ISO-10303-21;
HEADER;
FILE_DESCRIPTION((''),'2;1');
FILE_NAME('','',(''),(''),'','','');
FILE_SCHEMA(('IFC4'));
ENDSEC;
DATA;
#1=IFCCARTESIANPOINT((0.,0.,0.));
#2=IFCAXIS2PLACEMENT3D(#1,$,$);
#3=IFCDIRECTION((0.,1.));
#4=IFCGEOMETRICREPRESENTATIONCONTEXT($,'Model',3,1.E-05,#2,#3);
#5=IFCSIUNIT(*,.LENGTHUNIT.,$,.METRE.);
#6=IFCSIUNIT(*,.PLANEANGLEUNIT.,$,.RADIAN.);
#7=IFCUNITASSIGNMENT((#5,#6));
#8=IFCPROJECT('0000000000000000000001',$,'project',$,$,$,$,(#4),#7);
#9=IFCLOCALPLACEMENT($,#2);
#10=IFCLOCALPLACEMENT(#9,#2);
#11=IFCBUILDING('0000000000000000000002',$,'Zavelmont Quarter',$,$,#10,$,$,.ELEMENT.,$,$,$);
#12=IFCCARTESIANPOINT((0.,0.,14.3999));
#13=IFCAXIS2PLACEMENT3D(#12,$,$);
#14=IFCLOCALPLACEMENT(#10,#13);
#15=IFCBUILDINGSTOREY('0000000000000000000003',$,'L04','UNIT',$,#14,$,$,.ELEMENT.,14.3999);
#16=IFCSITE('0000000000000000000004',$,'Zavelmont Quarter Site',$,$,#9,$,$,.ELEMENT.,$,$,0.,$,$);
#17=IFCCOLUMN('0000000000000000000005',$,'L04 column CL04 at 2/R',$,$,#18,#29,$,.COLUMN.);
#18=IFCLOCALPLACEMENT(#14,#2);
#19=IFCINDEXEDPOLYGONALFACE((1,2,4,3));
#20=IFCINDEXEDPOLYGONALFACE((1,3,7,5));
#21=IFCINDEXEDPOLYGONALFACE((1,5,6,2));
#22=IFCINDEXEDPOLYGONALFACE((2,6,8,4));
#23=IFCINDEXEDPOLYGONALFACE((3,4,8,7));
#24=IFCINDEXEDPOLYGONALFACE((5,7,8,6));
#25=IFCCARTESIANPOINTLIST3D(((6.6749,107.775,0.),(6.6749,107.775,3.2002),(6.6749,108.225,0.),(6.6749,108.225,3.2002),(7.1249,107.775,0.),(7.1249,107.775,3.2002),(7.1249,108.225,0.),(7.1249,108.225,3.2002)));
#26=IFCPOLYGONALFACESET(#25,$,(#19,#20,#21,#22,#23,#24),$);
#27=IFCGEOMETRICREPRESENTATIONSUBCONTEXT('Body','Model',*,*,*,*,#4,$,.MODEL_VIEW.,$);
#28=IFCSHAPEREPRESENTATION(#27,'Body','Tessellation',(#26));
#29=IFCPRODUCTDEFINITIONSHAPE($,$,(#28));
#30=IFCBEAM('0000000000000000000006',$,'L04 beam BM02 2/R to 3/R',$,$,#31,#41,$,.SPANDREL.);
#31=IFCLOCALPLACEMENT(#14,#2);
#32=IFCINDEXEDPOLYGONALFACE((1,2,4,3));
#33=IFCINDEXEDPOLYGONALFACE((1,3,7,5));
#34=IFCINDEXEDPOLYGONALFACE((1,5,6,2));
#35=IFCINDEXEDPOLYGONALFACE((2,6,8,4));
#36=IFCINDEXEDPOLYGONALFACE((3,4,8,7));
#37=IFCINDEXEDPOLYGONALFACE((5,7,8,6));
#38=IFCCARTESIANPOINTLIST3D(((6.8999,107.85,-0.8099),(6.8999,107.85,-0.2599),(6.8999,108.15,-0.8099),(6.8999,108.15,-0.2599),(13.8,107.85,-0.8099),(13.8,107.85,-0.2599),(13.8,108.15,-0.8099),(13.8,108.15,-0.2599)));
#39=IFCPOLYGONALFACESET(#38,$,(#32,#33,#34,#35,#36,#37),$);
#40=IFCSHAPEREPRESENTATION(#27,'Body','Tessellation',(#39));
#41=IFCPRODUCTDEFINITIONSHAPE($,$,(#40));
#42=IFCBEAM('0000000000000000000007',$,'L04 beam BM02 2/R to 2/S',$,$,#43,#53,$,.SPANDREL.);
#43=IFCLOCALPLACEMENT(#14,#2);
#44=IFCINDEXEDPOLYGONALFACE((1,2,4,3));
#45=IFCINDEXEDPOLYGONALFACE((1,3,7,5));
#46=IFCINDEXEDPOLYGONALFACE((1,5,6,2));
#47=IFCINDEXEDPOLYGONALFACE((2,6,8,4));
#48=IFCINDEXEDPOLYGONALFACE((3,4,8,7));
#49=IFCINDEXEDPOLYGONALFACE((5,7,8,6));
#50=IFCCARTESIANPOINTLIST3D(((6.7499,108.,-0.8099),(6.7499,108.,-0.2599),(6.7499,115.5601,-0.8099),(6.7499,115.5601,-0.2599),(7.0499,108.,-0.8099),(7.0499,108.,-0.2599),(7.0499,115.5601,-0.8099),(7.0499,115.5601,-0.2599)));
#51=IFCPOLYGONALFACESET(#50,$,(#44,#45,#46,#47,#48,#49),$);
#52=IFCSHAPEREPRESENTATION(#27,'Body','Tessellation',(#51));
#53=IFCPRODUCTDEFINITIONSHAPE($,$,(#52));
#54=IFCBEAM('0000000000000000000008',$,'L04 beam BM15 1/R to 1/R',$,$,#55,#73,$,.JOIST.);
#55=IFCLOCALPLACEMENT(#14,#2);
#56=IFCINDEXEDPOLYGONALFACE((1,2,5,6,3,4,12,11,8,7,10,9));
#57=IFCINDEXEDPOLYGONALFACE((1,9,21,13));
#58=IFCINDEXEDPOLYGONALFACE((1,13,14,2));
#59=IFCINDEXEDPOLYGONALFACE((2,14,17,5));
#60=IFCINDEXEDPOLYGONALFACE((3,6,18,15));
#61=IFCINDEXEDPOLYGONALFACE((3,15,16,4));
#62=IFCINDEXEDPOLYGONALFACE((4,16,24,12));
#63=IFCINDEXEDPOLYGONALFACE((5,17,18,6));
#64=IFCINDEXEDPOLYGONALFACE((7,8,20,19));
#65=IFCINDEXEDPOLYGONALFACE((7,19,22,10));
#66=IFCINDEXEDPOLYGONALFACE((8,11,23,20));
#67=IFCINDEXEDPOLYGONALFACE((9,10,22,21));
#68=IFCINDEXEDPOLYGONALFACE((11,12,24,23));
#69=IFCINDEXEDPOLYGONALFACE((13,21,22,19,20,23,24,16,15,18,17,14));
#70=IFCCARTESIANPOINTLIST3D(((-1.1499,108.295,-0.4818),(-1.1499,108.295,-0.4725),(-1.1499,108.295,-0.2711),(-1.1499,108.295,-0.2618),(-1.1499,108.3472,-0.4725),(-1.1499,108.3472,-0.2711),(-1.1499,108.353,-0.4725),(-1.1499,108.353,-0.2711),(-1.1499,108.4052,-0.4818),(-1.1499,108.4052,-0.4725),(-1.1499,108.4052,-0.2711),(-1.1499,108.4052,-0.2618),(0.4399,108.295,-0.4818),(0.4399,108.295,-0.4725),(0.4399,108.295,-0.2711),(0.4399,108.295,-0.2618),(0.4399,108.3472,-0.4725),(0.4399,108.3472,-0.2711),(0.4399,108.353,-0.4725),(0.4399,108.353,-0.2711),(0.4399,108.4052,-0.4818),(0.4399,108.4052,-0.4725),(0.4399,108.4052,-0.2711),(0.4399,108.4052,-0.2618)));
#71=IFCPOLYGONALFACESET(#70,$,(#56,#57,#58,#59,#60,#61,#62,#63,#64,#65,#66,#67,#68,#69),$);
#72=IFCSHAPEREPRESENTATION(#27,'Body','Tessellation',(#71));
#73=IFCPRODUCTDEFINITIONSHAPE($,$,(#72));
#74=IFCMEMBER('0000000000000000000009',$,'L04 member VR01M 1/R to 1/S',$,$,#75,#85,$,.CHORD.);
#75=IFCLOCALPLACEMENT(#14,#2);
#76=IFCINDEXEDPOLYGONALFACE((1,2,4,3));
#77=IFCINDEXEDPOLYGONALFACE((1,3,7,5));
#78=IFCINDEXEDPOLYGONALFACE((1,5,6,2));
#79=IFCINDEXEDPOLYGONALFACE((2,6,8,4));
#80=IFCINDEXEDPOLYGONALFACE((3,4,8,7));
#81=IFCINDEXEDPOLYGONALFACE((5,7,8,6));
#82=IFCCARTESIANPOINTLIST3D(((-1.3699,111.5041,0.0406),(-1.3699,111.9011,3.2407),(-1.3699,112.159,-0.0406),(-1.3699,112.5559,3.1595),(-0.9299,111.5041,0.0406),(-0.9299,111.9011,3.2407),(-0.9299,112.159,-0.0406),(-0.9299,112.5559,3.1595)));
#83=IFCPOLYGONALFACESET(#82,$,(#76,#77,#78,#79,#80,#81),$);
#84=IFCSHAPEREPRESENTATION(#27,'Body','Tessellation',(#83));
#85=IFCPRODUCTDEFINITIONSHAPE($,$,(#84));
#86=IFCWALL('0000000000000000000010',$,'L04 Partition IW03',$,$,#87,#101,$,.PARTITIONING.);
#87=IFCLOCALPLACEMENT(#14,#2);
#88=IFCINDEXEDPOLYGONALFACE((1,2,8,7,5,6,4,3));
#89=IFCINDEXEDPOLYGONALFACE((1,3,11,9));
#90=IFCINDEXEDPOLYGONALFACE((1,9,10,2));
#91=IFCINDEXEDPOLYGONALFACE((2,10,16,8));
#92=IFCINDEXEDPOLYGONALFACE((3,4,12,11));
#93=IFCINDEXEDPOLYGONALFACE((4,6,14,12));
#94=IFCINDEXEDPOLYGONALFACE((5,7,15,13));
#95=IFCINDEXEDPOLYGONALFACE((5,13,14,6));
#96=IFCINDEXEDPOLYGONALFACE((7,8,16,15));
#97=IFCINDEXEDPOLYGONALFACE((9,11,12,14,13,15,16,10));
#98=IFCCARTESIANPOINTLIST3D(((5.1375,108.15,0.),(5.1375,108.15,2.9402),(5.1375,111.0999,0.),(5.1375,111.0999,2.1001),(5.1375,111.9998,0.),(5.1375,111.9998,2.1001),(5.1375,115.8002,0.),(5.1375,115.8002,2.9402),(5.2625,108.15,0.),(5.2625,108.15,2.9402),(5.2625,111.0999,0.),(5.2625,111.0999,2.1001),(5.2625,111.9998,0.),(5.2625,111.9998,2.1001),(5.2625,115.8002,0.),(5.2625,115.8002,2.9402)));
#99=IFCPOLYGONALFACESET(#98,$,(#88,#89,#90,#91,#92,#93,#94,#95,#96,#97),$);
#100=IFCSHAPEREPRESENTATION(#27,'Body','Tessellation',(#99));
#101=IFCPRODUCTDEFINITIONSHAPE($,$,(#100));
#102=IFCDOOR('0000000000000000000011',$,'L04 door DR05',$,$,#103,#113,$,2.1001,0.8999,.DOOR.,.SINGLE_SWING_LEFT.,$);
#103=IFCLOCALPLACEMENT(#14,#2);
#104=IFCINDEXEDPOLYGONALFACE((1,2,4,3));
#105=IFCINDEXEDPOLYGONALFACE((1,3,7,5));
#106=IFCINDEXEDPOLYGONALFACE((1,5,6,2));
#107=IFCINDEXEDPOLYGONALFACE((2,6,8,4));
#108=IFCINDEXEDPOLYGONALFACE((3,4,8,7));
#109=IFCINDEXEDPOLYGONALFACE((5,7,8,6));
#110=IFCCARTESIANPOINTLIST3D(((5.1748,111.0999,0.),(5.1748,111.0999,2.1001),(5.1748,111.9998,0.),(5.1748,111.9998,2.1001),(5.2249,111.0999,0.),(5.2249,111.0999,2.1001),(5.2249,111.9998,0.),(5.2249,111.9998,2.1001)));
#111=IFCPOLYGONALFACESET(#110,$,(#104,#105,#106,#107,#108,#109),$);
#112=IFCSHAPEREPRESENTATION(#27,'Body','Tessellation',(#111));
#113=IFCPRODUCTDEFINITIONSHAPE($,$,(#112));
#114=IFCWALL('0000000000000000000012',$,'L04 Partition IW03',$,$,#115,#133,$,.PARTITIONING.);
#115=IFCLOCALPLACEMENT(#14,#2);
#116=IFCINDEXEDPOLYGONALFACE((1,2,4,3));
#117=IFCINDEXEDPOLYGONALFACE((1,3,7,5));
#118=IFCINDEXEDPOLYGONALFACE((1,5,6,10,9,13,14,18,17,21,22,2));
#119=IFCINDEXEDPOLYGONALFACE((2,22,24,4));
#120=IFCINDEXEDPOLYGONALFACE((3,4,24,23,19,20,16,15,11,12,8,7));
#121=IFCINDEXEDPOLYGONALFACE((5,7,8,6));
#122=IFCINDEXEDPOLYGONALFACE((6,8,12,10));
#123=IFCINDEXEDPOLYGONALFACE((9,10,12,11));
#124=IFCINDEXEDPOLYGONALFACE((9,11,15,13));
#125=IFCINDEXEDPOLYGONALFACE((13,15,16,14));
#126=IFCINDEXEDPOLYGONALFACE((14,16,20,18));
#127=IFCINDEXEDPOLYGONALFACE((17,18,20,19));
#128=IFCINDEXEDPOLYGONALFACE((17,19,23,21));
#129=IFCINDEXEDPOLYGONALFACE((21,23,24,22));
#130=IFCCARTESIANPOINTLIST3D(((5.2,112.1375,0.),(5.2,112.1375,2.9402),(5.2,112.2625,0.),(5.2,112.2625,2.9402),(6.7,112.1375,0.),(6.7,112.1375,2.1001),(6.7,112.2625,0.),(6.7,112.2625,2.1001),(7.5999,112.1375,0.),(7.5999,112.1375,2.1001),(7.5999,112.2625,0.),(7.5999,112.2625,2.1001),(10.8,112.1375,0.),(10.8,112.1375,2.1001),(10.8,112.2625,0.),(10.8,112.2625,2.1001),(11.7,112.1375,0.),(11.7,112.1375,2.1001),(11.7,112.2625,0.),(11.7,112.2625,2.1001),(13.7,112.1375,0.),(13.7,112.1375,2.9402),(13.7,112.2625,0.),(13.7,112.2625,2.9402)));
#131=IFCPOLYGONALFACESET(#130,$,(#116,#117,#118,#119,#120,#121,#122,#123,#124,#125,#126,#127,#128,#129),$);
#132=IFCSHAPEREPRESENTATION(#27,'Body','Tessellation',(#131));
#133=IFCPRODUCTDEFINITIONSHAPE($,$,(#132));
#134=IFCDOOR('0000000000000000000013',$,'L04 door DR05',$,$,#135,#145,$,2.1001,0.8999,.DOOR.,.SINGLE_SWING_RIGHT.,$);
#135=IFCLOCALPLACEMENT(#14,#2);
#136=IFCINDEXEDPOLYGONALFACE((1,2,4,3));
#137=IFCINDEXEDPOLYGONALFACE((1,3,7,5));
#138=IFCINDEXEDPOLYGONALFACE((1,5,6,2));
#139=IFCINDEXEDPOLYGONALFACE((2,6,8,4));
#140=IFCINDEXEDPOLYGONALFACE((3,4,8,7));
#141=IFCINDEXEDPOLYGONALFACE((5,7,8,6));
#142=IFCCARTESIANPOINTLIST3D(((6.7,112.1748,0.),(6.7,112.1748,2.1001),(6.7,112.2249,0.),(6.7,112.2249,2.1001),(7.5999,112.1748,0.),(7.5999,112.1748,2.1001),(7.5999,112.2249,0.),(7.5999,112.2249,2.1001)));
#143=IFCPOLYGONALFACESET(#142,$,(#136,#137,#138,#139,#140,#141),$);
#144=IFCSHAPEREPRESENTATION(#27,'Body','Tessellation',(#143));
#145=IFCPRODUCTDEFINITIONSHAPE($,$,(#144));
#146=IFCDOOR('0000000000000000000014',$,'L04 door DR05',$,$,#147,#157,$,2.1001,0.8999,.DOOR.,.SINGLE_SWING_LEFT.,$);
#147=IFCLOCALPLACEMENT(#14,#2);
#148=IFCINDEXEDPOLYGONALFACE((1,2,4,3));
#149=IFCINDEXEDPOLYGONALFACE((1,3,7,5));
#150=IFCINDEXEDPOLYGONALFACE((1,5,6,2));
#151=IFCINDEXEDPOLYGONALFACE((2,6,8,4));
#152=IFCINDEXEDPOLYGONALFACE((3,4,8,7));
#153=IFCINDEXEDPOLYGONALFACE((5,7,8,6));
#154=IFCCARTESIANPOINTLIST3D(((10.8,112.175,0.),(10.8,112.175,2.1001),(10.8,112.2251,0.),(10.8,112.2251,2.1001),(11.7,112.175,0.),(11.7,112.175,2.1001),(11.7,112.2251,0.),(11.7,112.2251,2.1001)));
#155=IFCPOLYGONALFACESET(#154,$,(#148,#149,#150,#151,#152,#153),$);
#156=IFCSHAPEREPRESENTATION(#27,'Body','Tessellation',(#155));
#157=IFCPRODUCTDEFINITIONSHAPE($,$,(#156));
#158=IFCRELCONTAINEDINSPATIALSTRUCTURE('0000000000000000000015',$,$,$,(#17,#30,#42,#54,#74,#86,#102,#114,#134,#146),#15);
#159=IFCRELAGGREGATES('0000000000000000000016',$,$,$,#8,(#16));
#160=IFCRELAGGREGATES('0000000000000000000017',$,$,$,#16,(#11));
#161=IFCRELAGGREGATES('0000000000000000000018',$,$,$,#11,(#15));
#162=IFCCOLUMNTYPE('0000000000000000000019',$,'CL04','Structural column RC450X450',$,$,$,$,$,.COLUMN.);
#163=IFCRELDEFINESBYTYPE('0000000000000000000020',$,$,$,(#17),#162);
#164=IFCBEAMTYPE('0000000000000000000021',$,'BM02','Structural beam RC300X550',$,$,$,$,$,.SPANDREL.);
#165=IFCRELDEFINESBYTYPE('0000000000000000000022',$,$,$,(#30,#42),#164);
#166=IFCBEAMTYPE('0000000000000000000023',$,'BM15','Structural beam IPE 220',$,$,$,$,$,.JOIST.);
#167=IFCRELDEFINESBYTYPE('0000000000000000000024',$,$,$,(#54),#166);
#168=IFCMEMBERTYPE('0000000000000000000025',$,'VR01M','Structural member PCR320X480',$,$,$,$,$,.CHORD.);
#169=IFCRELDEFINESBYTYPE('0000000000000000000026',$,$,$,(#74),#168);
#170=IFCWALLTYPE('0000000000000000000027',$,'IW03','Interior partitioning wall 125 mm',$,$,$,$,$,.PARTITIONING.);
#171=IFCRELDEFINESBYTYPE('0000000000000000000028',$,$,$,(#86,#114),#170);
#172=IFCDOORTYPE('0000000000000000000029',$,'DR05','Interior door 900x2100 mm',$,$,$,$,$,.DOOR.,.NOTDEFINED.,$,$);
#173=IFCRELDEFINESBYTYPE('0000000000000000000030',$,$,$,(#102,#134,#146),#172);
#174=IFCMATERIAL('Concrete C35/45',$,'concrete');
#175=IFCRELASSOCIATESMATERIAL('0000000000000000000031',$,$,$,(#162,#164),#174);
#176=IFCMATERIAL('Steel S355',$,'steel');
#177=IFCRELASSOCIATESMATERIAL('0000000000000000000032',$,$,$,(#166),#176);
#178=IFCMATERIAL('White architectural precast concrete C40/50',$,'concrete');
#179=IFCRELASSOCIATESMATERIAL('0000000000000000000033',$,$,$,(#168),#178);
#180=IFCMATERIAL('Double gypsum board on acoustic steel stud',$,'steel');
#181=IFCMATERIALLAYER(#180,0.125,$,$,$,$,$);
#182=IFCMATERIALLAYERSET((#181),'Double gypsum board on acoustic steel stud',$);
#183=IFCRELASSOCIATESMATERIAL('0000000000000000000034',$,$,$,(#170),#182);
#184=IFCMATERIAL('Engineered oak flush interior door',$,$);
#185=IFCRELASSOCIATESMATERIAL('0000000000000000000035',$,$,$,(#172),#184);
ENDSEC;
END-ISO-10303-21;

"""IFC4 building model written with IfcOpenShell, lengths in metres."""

from ifc_helpers import new_model, si_unit, direction, frame, frame_2d, origin, origin_with_axes, origin_2d, place, context, subcontext, project, spatial, rectangle, i_section, extrude, material, layer, layer_set, material_profile, profile_set, type_object, element, fill, save


model = new_model("IFC4")

# Units and contexts
model_context = context("Model", 3, precision=1e-05, world=origin(), true_north=direction((0.0, 1.0)))
body_context = subcontext(model_context, "Body", "Model", "MODEL_VIEW")
ifc_project = project(units=[si_unit("LENGTHUNIT", "METRE"), si_unit("PLANEANGLEUNIT", "RADIAN")], contexts=[model_context])

# Site, building, storey
site_placement = place(None, origin())
site = spatial("IfcSite", under=ifc_project, at=site_placement, Name="Zavelmont Quarter Site", CompositionType="ELEMENT", RefElevation=0.0)
building_placement = place(site_placement, origin())
building = spatial("IfcBuilding", under=site, at=building_placement, Name="Zavelmont Quarter", CompositionType="ELEMENT")
storey_placement = place(building_placement, frame((0.0, 0.0, 14.3999)))
storey = spatial("IfcBuildingStorey", under=building, at=storey_placement, Name="L04", Description="UNIT", CompositionType="ELEMENT", Elevation=14.3999)

# Column
ifc_material_1 = material(Name="Concrete C35/45", Category="concrete")
ifc_material_profile_1 = material_profile(ifc_material_1, rectangle(XDim=0.45, YDim=0.45, at=origin_2d()), Name="RC450X450")
ifc_profile_set_1 = profile_set([ifc_material_profile_1], Name="Concrete C35/45")
column_type = type_object("IfcColumnType", Name="CL04", Description="Structural column RC450X450", PredefinedType="COLUMN", material=ifc_profile_set_1)
column_placement = place(storey_placement, frame((6.8999, 108.0, 0.0), z_axis=(0.0, 0.0, 1.0), x_axis=(1.0, 0.0, 0.0)))
element("IfcColumn", 1, at=column_placement, inside=storey, type_object=column_type, Name="L04 column CL04 at 2/R", PredefinedType="COLUMN", context=body_context, shape_type="SweptSolid", body=[
    extrude(rectangle(XDim=0.45, YDim=0.45, at=origin_2d()), origin(), (0.0, 0.0, 1.0), 3.2002),
])

# Beams
ifc_material_profile_2 = material_profile(ifc_material_1, rectangle(XDim=0.3, YDim=0.55, at=origin_2d()), Name="RC300X550")
ifc_profile_set_2 = profile_set([ifc_material_profile_2], Name="Concrete C35/45")
beam_type_1 = type_object("IfcBeamType", Name="BM02", Description="Structural beam RC300X550", PredefinedType="SPANDREL", material=ifc_profile_set_2)
beam_1_placement = place(storey_placement, frame((6.8999, 108.0, -0.5349), z_axis=(1.0, 0.0, 0.0), x_axis=(0.0, 1.0, 0.0)))
element("IfcBeam", 2, at=beam_1_placement, inside=storey, type_object=beam_type_1, Name="L04 beam BM02 2/R to 3/R", PredefinedType="SPANDREL", context=body_context, shape_type="SweptSolid", body=[
    extrude(rectangle(XDim=0.3, YDim=0.55, at=origin_2d()), origin(), (0.0, 0.0, 1.0), 6.9001),
])
beam_2_placement = place(storey_placement, frame((6.8999, 108.0, -0.5349), z_axis=(0.0, 1.0, 0.0), x_axis=(-1.0, 0.0, 0.0)))
element("IfcBeam", 3, at=beam_2_placement, inside=storey, type_object=beam_type_1, Name="L04 beam BM02 2/R to 2/S", PredefinedType="SPANDREL", context=body_context, shape_type="SweptSolid", body=[
    extrude(rectangle(XDim=0.3, YDim=0.55, at=origin_2d()), origin(), (0.0, 0.0, 1.0), 7.5601),
])
ifc_material_2 = material(Name="Steel S355", Category="steel")
ifc_material_profile_3 = material_profile(ifc_material_2, i_section(OverallWidth=0.1101, OverallDepth=0.22, WebThickness=0.0059, FlangeThickness=0.0093, at=origin_2d()), Name="IPE 220")
ifc_profile_set_3 = profile_set([ifc_material_profile_3], Name="Steel S355")
beam_type_2 = type_object("IfcBeamType", Name="BM15", Description="Structural beam IPE 220", PredefinedType="JOIST", material=ifc_profile_set_3)
beam_3_placement = place(storey_placement, frame((0.4399, 108.3501, -0.3718), z_axis=(-1.0, 0.0, 0.0), x_axis=(0.0, -1.0, 0.0)))
element("IfcBeam", 4, at=beam_3_placement, inside=storey, type_object=beam_type_2, Name="L04 beam BM15 1/R to 1/R", PredefinedType="JOIST", context=body_context, shape_type="SweptSolid", body=[
    extrude(i_section(OverallWidth=0.1101, OverallDepth=0.22, WebThickness=0.0059, FlangeThickness=0.0093, at=origin_2d()), origin(), (0.0, 0.0, 1.0), 1.5898),
])

# Member
ifc_material_3 = material(Name="White architectural precast concrete C40/50", Category="concrete")
ifc_material_profile_4 = material_profile(ifc_material_3, rectangle(XDim=0.4399, YDim=0.6599, at=origin_2d()), Name="PCR320X480")
ifc_profile_set_4 = profile_set([ifc_material_profile_4], Name="White architectural precast concrete C40/50")
member_type = type_object("IfcMemberType", Name="VR01M", Description="Structural member PCR320X480", PredefinedType="CHORD", material=ifc_profile_set_4)
member_placement = place(storey_placement, frame((-1.1499, 111.8315, 0.0), z_axis=(0.0, 0.123103, 0.992394), x_axis=(-1.0, 0.0, 0.0)))
element("IfcMember", 5, at=member_placement, inside=storey, type_object=member_type, Name="L04 member VR01M 1/R to 1/S", PredefinedType="CHORD", context=body_context, shape_type="SweptSolid", body=[
    extrude(rectangle(XDim=0.4399, YDim=0.6599, at=origin_2d()), origin(), (0.0, 0.0, 1.0), 3.2246),
])

# Wall, opening, door
ifc_material_4 = material(Name="Double gypsum board on acoustic steel stud", Category="steel")
ifc_layer_1 = layer(ifc_material_4, 0.125)
ifc_layer_set_1 = layer_set([ifc_layer_1], Name="Double gypsum board on acoustic steel stud")
wall_type_1 = type_object("IfcWallType", Name="IW03", Description="Interior partitioning wall 125 mm", PredefinedType="PARTITIONING", material=ifc_layer_set_1)
wall_1_placement = place(storey_placement, frame((5.2, 108.1499, 0.0), z_axis=(0.0, 0.0, 1.0), x_axis=(0.0, 1.0, 0.0)))
wall_1 = element("IfcWall", 6, at=wall_1_placement, inside=storey, type_object=wall_type_1, Name="L04 Partition IW03", PredefinedType="PARTITIONING", context=body_context, shape_type="SweptSolid", body=[
    extrude(rectangle(XDim=7.6501, YDim=0.125, at=frame_2d((3.8252, 0.0))), origin(), (0.0, 0.0, 1.0), 2.9402),
])
opening_1_placement = place(wall_1_placement, frame((2.95, 0.0, 0.0)))
opening_1 = element("IfcOpeningElement", 7, at=opening_1_placement, cuts=wall_1, PredefinedType="OPENING", context=body_context, shape_type="SweptSolid", body=[
    extrude(rectangle(XDim=0.8999, YDim=2.1001, at=frame_2d((0.45, 1.05))), frame((0.0, 0.0745, 0.0), z_axis=(0.0, -1.0, 0.0), x_axis=(1.0, 0.0, 0.0)), (0.0, 0.0, 1.0), 0.1489),
])
ifc_material_5 = material(Name="Engineered oak flush interior door")
door_type_1 = type_object("IfcDoorType", Name="DR05", Description="Interior door 900x2100 mm", OperationType="NOTDEFINED", PredefinedType="DOOR", material=ifc_material_5)
door_1_placement = place(opening_1_placement, frame((0.8999, 0.0, 0.0), z_axis=(0.0, 0.0, 1.0), x_axis=(-1.0, 0.0, 0.0)))
door_1 = element("IfcDoor", 8, at=door_1_placement, inside=storey, type_object=door_type_1, Name="L04 door DR05", OperationType="SINGLE_SWING_LEFT", OverallHeight=2.1001, OverallWidth=0.8999, PredefinedType="DOOR", context=body_context, shape_type="SweptSolid", body=[
    extrude(rectangle(XDim=0.8999, YDim=2.1001, at=frame_2d((0.45, 1.05))), frame((0.0, 0.0249, 0.0), z_axis=(0.0, -1.0, 0.0), x_axis=(1.0, 0.0, 0.0)), (0.0, 0.0, 1.0), 0.05),
])
fill(opening_1, door_1)

# Wall, openings, doors
wall_2_placement = place(storey_placement, frame((5.2, 112.2, 0.0), z_axis=(0.0, 0.0, 1.0), x_axis=(1.0, 0.0, 0.0)))
wall_2 = element("IfcWall", 9, at=wall_2_placement, inside=storey, type_object=wall_type_1, Name="L04 Partition IW03", PredefinedType="PARTITIONING", context=body_context, shape_type="SweptSolid", body=[
    extrude(rectangle(XDim=8.5, YDim=0.125, at=frame_2d((4.25, 0.0))), origin(), (0.0, 0.0, 1.0), 2.9402),
])
opening_2_placement = place(wall_2_placement, frame((1.5, 0.0, 0.0)))
opening_2 = element("IfcOpeningElement", 10, at=opening_2_placement, cuts=wall_2, PredefinedType="OPENING", context=body_context, shape_type="SweptSolid", body=[
    extrude(rectangle(XDim=0.8999, YDim=2.1001, at=frame_2d((0.45, 1.05))), frame((0.0, 0.0745, 0.0), z_axis=(0.0, -1.0, 0.0), x_axis=(1.0, 0.0, 0.0)), (0.0, 0.0, 1.0), 0.1489),
])
opening_3_placement = place(wall_2_placement, frame((5.6001, 0.0, 0.0)))
opening_3 = element("IfcOpeningElement", 11, at=opening_3_placement, cuts=wall_2, PredefinedType="OPENING", context=body_context, shape_type="SweptSolid", body=[
    extrude(rectangle(XDim=0.8999, YDim=2.1001, at=frame_2d((0.45, 1.05))), frame((0.0, 0.0745, 0.0), z_axis=(0.0, -1.0, 0.0), x_axis=(1.0, 0.0, 0.0)), (0.0, 0.0, 1.0), 0.1489),
])
door_2_placement = place(opening_2_placement, origin_with_axes())
door_2 = element("IfcDoor", 12, at=door_2_placement, inside=storey, type_object=door_type_1, Name="L04 door DR05", OperationType="SINGLE_SWING_RIGHT", OverallHeight=2.1001, OverallWidth=0.8999, PredefinedType="DOOR", context=body_context, shape_type="SweptSolid", body=[
    extrude(rectangle(XDim=0.8999, YDim=2.1001, at=frame_2d((0.45, 1.05))), frame((0.0, 0.0249, 0.0), z_axis=(0.0, -1.0, 0.0), x_axis=(1.0, 0.0, 0.0)), (0.0, 0.0, 1.0), 0.05),
])
fill(opening_2, door_2)
door_3_placement = place(opening_3_placement, frame((0.8999, 0.0, 0.0), z_axis=(0.0, 0.0, 1.0), x_axis=(-1.0, 0.0, 0.0)))
door_3 = element("IfcDoor", 13, at=door_3_placement, inside=storey, type_object=door_type_1, Name="L04 door DR05", OperationType="SINGLE_SWING_LEFT", OverallHeight=2.1001, OverallWidth=0.8999, PredefinedType="DOOR", context=body_context, shape_type="SweptSolid", body=[
    extrude(rectangle(XDim=0.8999, YDim=2.1001, at=frame_2d((0.45, 1.05))), frame((0.0, 0.0249, 0.0), z_axis=(0.0, -1.0, 0.0), x_axis=(1.0, 0.0, 0.0)), (0.0, 0.0, 1.0), 0.05),
])
fill(opening_3, door_3)

save(model, "model.ifc")
